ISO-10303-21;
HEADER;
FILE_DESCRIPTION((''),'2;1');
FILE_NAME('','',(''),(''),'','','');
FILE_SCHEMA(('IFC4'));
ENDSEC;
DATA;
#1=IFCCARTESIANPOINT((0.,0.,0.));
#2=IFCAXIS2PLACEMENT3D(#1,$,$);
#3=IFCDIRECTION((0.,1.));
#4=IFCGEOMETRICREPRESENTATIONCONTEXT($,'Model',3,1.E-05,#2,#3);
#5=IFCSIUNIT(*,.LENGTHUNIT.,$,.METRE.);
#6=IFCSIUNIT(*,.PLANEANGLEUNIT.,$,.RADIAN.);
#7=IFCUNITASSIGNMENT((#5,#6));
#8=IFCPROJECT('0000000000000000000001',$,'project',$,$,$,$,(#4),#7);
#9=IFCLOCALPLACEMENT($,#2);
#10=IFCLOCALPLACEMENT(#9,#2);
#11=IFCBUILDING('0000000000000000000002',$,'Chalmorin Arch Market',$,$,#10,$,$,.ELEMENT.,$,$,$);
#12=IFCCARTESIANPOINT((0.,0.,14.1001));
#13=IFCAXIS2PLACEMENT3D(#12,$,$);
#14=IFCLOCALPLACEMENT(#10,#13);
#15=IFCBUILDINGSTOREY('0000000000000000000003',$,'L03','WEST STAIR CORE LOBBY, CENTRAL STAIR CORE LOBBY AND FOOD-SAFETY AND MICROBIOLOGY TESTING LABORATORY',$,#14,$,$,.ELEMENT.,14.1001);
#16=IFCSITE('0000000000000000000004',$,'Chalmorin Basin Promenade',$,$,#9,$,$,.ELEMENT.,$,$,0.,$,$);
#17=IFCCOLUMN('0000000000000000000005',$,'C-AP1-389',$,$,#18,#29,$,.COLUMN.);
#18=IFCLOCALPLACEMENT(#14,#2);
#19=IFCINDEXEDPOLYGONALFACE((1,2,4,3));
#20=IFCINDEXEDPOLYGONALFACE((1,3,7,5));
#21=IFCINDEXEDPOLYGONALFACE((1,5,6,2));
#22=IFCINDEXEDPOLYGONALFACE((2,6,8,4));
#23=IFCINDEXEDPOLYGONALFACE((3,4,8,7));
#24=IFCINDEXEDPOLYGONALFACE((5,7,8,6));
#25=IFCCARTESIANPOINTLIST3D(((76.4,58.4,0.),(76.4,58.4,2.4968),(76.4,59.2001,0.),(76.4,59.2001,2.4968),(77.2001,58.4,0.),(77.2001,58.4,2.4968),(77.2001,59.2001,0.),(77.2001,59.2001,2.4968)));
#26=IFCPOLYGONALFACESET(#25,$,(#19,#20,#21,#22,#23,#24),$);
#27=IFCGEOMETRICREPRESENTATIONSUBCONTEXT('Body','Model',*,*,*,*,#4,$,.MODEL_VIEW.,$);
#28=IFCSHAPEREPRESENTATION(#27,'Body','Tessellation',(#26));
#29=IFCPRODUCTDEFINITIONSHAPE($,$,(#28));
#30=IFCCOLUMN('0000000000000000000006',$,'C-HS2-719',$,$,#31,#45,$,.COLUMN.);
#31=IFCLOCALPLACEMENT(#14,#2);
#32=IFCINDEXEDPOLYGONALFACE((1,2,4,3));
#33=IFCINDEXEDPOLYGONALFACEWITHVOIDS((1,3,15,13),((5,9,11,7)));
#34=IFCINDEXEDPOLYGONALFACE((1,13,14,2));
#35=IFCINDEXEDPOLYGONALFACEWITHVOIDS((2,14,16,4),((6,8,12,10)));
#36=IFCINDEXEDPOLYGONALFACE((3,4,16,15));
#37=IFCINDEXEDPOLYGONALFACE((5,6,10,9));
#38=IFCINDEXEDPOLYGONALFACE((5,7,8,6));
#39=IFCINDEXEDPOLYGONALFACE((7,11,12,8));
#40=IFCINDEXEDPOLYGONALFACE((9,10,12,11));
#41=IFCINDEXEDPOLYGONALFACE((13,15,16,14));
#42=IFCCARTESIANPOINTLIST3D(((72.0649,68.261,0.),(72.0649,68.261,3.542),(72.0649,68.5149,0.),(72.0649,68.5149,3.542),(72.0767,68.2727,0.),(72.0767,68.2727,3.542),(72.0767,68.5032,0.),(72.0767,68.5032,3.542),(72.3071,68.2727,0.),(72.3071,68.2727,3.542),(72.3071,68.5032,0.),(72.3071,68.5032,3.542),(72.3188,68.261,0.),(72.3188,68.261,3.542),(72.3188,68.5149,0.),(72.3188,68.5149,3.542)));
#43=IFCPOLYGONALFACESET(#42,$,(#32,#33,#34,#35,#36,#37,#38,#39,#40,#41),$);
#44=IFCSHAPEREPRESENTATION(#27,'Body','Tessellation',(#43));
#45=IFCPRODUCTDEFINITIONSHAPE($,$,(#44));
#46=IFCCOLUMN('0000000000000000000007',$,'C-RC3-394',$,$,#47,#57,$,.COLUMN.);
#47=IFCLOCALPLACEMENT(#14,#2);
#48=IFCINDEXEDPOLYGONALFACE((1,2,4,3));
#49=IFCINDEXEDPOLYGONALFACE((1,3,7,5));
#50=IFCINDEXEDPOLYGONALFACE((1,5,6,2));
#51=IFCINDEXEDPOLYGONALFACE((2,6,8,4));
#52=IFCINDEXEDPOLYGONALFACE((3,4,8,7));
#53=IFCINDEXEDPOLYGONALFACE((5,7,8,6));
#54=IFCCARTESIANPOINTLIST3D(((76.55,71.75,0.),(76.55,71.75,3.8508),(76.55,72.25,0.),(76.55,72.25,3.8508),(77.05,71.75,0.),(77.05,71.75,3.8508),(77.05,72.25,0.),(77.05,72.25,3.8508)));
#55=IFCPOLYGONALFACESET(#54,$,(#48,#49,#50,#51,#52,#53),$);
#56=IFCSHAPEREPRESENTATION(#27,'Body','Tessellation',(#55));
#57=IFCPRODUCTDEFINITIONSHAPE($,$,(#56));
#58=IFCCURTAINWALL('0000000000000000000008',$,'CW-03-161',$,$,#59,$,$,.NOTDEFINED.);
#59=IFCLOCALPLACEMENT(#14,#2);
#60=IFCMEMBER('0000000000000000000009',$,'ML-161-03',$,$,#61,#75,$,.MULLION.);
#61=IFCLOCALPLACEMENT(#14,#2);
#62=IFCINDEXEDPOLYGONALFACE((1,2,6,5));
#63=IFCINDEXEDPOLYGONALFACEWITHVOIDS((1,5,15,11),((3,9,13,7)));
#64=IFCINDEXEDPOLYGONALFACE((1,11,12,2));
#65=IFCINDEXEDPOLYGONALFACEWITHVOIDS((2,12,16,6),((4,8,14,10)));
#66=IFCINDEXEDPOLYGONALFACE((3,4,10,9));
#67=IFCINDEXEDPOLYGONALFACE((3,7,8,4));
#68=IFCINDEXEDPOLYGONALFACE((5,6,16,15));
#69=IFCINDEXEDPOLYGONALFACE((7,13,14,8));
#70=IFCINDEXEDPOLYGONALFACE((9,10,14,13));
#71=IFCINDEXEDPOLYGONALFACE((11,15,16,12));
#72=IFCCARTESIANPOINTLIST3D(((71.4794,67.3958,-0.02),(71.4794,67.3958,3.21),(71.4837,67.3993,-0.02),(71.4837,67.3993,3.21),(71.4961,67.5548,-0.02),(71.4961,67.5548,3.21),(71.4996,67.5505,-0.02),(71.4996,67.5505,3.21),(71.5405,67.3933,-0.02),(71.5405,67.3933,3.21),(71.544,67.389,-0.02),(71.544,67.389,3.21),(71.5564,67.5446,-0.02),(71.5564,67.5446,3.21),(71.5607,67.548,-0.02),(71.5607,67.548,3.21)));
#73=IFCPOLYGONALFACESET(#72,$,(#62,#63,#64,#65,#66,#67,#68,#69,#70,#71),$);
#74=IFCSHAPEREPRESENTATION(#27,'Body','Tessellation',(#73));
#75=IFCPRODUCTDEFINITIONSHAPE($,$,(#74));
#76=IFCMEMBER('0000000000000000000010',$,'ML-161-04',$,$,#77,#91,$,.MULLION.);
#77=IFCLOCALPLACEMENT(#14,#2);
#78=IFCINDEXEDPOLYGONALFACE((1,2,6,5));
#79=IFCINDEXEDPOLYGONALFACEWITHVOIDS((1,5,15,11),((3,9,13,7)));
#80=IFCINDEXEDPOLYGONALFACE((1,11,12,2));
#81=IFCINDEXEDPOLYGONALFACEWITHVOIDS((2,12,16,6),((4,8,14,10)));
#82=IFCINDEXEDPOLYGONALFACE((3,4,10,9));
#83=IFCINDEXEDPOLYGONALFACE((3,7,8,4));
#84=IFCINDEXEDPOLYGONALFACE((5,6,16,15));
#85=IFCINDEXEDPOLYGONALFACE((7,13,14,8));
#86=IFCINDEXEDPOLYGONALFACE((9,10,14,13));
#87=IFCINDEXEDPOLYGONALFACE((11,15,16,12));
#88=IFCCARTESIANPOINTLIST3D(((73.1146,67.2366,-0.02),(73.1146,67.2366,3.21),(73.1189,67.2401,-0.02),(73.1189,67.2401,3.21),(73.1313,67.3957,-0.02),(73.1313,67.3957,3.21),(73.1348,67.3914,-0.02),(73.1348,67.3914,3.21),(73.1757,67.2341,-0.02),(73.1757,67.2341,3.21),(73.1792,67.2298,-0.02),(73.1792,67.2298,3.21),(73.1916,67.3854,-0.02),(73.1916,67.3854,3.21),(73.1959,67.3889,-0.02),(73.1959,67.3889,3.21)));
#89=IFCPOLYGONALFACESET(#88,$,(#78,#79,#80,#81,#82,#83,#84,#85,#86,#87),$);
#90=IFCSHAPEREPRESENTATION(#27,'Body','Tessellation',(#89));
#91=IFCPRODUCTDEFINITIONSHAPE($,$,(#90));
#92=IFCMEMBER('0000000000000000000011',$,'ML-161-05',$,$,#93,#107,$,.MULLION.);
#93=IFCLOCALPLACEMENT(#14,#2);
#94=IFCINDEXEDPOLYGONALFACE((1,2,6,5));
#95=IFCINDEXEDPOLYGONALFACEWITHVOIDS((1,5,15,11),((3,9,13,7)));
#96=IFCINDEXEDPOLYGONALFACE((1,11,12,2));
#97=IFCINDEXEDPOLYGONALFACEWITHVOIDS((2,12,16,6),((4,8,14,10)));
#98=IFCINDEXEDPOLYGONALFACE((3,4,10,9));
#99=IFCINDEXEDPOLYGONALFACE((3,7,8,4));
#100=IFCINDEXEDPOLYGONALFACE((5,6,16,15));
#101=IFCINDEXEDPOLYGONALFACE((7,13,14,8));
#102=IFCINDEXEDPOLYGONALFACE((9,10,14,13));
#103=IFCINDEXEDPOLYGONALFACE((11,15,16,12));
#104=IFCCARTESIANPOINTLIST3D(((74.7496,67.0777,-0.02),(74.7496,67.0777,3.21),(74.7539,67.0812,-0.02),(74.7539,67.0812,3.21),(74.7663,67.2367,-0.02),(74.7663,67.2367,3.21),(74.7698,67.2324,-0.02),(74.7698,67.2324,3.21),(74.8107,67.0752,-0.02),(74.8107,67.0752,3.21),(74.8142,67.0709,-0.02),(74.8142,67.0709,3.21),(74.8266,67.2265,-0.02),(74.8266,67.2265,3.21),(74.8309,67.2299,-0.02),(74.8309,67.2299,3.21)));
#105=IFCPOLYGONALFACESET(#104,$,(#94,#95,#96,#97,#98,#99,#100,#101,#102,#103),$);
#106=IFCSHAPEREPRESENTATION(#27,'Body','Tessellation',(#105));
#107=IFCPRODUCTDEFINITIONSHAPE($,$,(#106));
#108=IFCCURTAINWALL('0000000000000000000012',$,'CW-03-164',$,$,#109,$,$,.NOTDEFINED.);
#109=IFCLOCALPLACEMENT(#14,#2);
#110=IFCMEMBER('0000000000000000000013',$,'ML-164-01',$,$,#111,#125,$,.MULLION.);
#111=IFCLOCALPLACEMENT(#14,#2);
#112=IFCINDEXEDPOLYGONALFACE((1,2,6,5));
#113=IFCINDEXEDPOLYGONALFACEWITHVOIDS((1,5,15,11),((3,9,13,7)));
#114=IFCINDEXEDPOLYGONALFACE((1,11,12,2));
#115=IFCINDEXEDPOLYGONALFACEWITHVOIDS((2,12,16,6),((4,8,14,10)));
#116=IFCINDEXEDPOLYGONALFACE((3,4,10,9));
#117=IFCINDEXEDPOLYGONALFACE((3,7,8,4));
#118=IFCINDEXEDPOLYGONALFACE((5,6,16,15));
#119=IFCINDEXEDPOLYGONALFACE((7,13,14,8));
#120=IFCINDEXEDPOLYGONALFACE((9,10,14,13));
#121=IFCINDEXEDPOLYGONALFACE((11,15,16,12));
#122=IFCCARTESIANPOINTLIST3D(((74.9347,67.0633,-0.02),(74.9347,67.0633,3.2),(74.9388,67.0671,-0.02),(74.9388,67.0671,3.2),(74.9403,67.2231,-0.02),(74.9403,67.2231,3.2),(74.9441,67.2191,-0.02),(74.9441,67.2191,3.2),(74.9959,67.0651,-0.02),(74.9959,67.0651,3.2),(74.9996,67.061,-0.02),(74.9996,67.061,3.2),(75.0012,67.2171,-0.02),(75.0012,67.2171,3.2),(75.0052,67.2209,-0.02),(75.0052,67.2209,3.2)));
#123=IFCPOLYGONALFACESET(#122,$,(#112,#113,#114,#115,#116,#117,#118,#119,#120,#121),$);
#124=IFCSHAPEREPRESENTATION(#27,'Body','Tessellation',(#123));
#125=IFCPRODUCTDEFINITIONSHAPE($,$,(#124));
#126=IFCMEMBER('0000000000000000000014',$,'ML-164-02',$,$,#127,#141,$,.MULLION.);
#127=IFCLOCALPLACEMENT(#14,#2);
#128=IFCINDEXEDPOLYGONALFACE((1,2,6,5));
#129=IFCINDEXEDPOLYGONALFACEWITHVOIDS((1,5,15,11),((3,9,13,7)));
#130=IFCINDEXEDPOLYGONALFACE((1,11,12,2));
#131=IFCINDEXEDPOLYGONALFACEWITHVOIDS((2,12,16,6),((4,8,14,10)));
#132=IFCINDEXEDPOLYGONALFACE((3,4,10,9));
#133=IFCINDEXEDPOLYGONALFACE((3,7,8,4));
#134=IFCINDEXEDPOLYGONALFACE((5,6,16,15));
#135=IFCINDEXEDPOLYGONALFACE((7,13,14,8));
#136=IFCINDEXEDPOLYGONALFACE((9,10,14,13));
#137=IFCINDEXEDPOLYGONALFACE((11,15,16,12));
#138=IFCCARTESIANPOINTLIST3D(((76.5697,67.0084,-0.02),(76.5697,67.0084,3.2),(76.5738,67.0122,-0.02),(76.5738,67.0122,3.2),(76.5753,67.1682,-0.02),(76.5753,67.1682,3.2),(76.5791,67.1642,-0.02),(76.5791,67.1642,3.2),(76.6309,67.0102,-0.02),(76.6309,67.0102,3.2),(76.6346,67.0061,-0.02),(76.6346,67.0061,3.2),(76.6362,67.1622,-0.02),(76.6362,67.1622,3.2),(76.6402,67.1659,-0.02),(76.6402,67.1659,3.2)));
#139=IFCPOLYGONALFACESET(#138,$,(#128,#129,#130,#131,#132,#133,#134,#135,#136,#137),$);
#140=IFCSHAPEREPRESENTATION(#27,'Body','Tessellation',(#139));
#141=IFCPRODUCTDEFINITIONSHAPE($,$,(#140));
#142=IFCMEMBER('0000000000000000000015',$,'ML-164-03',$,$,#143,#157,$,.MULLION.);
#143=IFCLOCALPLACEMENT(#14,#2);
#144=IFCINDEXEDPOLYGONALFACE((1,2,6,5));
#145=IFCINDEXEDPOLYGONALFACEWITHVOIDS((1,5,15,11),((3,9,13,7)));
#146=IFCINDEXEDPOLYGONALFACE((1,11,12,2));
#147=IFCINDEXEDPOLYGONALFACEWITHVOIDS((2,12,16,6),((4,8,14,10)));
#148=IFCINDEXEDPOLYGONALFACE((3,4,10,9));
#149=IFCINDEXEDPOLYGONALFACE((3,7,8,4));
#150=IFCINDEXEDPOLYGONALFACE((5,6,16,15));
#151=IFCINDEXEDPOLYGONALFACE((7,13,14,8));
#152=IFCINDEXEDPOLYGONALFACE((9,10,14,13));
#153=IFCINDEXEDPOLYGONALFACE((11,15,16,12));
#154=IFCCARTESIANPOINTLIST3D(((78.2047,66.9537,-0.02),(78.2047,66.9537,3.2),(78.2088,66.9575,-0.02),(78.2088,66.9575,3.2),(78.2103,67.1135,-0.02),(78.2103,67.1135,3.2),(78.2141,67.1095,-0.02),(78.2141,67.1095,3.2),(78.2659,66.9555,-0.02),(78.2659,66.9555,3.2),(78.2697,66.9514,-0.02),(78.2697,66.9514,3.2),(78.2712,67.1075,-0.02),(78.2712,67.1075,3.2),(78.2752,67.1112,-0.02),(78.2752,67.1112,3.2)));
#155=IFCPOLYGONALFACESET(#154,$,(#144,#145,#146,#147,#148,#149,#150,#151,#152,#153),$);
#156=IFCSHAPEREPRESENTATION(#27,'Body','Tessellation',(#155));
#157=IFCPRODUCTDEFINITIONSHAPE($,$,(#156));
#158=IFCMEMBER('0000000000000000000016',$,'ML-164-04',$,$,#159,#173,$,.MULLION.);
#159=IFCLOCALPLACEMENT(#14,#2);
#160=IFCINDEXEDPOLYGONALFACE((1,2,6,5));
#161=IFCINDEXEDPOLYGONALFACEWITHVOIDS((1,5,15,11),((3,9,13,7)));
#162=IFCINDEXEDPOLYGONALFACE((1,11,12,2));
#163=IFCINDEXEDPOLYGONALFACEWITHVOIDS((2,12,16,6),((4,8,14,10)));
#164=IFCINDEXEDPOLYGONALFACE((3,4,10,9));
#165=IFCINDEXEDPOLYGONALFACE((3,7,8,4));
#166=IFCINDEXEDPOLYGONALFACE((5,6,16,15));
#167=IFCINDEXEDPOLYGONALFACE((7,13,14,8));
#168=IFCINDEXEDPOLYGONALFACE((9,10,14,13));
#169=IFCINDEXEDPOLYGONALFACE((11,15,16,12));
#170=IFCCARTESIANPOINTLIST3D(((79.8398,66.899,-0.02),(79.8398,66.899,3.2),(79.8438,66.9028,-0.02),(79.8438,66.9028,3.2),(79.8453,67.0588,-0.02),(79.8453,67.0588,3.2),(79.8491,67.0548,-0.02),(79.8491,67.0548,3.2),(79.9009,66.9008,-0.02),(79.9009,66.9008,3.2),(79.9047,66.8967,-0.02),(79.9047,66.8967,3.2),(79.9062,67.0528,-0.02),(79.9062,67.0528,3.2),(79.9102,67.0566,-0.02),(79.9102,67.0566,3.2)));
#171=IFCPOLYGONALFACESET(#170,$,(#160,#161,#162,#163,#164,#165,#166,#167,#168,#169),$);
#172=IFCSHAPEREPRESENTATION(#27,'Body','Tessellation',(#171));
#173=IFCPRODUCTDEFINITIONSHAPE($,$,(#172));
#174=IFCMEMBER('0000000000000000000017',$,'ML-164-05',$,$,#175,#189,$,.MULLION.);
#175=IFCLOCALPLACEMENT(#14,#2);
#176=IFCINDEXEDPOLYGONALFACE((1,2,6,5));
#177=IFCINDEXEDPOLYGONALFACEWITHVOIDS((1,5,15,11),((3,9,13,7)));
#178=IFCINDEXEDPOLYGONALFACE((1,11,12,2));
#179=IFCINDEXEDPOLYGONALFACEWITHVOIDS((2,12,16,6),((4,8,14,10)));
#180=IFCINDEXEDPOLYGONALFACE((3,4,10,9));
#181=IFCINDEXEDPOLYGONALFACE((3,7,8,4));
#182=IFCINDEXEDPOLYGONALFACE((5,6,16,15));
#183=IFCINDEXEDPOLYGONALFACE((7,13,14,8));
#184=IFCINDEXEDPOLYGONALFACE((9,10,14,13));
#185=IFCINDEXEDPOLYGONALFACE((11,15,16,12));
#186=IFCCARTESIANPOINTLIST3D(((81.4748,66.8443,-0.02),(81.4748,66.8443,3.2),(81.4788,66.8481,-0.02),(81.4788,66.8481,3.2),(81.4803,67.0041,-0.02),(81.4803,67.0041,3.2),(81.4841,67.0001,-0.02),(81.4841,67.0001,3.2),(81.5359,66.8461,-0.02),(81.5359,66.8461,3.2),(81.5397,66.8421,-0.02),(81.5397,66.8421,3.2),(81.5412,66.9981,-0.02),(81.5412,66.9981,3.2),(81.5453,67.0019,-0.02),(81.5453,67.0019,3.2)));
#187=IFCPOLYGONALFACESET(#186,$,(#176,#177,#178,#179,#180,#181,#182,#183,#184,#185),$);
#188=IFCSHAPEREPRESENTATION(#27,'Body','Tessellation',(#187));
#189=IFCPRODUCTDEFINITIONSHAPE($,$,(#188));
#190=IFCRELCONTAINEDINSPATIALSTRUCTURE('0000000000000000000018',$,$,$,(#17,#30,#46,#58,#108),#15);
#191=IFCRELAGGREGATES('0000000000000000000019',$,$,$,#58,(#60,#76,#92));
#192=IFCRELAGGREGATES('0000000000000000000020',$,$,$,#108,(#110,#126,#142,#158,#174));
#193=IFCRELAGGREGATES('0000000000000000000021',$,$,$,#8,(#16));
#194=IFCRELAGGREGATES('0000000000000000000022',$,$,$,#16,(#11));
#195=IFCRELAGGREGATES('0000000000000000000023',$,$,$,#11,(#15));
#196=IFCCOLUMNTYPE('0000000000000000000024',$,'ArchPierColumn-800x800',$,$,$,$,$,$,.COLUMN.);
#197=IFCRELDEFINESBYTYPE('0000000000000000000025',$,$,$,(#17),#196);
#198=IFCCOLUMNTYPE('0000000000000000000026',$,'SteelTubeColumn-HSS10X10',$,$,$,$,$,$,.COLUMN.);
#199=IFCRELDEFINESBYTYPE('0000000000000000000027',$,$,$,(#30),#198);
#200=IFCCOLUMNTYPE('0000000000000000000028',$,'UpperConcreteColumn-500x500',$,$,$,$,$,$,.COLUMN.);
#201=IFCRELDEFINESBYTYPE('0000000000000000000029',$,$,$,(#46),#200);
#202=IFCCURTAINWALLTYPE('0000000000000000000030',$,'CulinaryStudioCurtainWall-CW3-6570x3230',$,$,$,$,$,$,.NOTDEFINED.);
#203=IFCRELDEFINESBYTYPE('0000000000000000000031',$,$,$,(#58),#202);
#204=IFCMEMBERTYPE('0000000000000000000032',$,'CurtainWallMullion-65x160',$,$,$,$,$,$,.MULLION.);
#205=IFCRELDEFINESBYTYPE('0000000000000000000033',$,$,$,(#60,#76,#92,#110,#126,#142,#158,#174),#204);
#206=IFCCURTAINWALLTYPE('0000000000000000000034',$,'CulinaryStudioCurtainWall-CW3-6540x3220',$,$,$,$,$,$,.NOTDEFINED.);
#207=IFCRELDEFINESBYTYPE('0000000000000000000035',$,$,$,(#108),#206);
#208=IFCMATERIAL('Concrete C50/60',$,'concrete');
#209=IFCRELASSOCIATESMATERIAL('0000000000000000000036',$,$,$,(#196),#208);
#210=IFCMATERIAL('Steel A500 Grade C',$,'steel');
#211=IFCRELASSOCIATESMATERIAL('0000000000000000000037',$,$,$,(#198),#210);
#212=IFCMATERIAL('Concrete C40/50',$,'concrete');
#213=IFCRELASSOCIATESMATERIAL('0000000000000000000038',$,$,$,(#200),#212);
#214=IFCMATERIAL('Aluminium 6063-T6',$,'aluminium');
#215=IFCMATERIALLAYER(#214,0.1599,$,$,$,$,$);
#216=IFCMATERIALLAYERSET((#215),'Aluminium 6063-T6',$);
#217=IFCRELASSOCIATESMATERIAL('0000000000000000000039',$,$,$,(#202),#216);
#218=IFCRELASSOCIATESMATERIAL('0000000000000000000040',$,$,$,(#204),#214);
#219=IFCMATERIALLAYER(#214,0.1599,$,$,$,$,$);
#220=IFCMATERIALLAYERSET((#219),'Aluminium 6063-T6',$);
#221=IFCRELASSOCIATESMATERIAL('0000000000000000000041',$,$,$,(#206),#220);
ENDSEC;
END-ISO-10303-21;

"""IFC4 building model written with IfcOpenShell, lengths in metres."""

from ifc_helpers import new_model, si_unit, direction, frame, origin, origin_2d, place, context, subcontext, project, spatial, rectangle, hollow_rectangle, extrude, material, layer, layer_set, material_profile, profile_set, type_object, element, aggregate, save


model = new_model("IFC4")

# Units and contexts
model_context = context("Model", 3, precision=1e-05, world=origin(), true_north=direction((0.0, 1.0)))
body_context = subcontext(model_context, "Body", "Model", "MODEL_VIEW")
ifc_project = project(units=[si_unit("LENGTHUNIT", "METRE"), si_unit("PLANEANGLEUNIT", "RADIAN")], contexts=[model_context])

# Site, building, storey
site_placement = place(None, origin())
site = spatial("IfcSite", under=ifc_project, at=site_placement, Name="Chalmorin Basin Promenade", CompositionType="ELEMENT", RefElevation=0.0)
building_placement = place(site_placement, origin())
building = spatial("IfcBuilding", under=site, at=building_placement, Name="Chalmorin Arch Market", CompositionType="ELEMENT")
storey_placement = place(building_placement, frame((0.0, 0.0, 14.1001)))
storey = spatial("IfcBuildingStorey", under=building, at=storey_placement, Name="L03", Description="WEST STAIR CORE LOBBY, CENTRAL STAIR CORE LOBBY AND FOOD-SAFETY AND MICROBIOLOGY TESTING LABORATORY", CompositionType="ELEMENT", Elevation=14.1001)

# Columns
ifc_material_1 = material(Name="Concrete C50/60", Category="concrete")
ifc_material_profile_1 = material_profile(ifc_material_1, rectangle(XDim=0.8, YDim=0.8, at=origin_2d()), Name="RC800X800")
ifc_profile_set_1 = profile_set([ifc_material_profile_1], Name="Concrete C50/60")
column_type_1 = type_object("IfcColumnType", Name="ArchPierColumn-800x800", PredefinedType="COLUMN", material=ifc_profile_set_1)
column_1_placement = place(storey_placement, frame((76.8, 58.8, 0.0), z_axis=(0.0, 0.0, 1.0), x_axis=(1.0, 0.0, 0.0)))
element("IfcColumn", 1, at=column_1_placement, inside=storey, type_object=column_type_1, Name="C-AP1-389", PredefinedType="COLUMN", context=body_context, shape_type="SweptSolid", body=[
    extrude(rectangle(XDim=0.8, YDim=0.8, at=origin_2d()), origin(), (0.0, 0.0, 1.0), 2.4968),
])
ifc_material_2 = material(Name="Steel A500 Grade C", Category="steel")
ifc_material_profile_2 = material_profile(ifc_material_2, hollow_rectangle(XDim=0.2539, YDim=0.2539, WallThickness=0.0117, at=origin_2d()), Name="HSS10X10X1/2")
ifc_profile_set_2 = profile_set([ifc_material_profile_2], Name="Steel A500 Grade C")
column_type_2 = type_object("IfcColumnType", Name="SteelTubeColumn-HSS10X10", PredefinedType="COLUMN", material=ifc_profile_set_2)
column_2_placement = place(storey_placement, frame((72.1919, 68.3879, 0.0), z_axis=(0.0, 0.0, 1.0), x_axis=(1.0, 0.0, 0.0)))
element("IfcColumn", 2, at=column_2_placement, inside=storey, type_object=column_type_2, Name="C-HS2-719", PredefinedType="COLUMN", context=body_context, shape_type="SweptSolid", body=[
    extrude(hollow_rectangle(XDim=0.2539, YDim=0.2539, WallThickness=0.0117, at=origin_2d()), origin(), (0.0, 0.0, 1.0), 3.542),
])
ifc_material_3 = material(Name="Concrete C40/50", Category="concrete")
ifc_material_profile_3 = material_profile(ifc_material_3, rectangle(XDim=0.5, YDim=0.5, at=origin_2d()), Name="RC500X500")
ifc_profile_set_3 = profile_set([ifc_material_profile_3], Name="Concrete C40/50")
column_type_3 = type_object("IfcColumnType", Name="UpperConcreteColumn-500x500", PredefinedType="COLUMN", material=ifc_profile_set_3)
column_3_placement = place(storey_placement, frame((76.8, 72.0, 0.0), z_axis=(0.0, 0.0, 1.0), x_axis=(1.0, 0.0, 0.0)))
element("IfcColumn", 3, at=column_3_placement, inside=storey, type_object=column_type_3, Name="C-RC3-394", PredefinedType="COLUMN", context=body_context, shape_type="SweptSolid", body=[
    extrude(rectangle(XDim=0.5, YDim=0.5, at=origin_2d()), origin(), (0.0, 0.0, 1.0), 3.8508),
])

# Curtain walls, members
ifc_material_4 = material(Name="Aluminium 6063-T6", Category="aluminium")
ifc_layer_1 = layer(ifc_material_4, 0.1599)
ifc_layer_set_1 = layer_set([ifc_layer_1], Name="Aluminium 6063-T6")
curtain_wall_type_1 = type_object("IfcCurtainWallType", Name="CulinaryStudioCurtainWall-CW3-6570x3230", PredefinedType="NOTDEFINED", material=ifc_layer_set_1)
curtain_wall_1_placement = place(storey_placement, origin())
curtain_wall_1 = element("IfcCurtainWall", 4, at=curtain_wall_1_placement, inside=storey, type_object=curtain_wall_type_1, Name="CW-03-161", PredefinedType="NOTDEFINED")
ifc_material_profile_4 = material_profile(ifc_material_4, hollow_rectangle(XDim=0.0649, YDim=0.1599, WallThickness=0.0039, at=origin_2d()), Name="ALU65X160X4")
ifc_profile_set_4 = profile_set([ifc_material_profile_4], Name="Aluminium 6063-T6")
member_type_1 = type_object("IfcMemberType", Name="CurtainWallMullion-65x160", PredefinedType="MULLION", material=ifc_profile_set_4)
member_1_placement = place(storey_placement, frame((71.52, 67.4719, -0.02), z_axis=(0.0, 0.0, 1.0), x_axis=(0.994522, -0.104528, 0.0)))
member_1 = element("IfcMember", 5, at=member_1_placement, type_object=member_type_1, Name="ML-161-03", PredefinedType="MULLION", context=body_context, shape_type="SweptSolid", body=[
    extrude(hollow_rectangle(XDim=0.0649, YDim=0.1599, WallThickness=0.0039, at=origin_2d()), origin(), (0.0, 0.0, 1.0), 3.23),
])
member_2_placement = place(storey_placement, frame((73.1553, 67.3127, -0.02), z_axis=(0.0, 0.0, 1.0), x_axis=(0.994522, -0.104528, 0.0)))
member_2 = element("IfcMember", 6, at=member_2_placement, type_object=member_type_1, Name="ML-161-04", PredefinedType="MULLION", context=body_context, shape_type="SweptSolid", body=[
    extrude(hollow_rectangle(XDim=0.0649, YDim=0.1599, WallThickness=0.0039, at=origin_2d()), origin(), (0.0, 0.0, 1.0), 3.23),
])
member_3_placement = place(storey_placement, frame((74.7903, 67.1538, -0.02), z_axis=(0.0, 0.0, 1.0), x_axis=(0.994522, -0.104528, 0.0)))
member_3 = element("IfcMember", 7, at=member_3_placement, type_object=member_type_1, Name="ML-161-05", PredefinedType="MULLION", context=body_context, shape_type="SweptSolid", body=[
    extrude(hollow_rectangle(XDim=0.0649, YDim=0.1599, WallThickness=0.0039, at=origin_2d()), origin(), (0.0, 0.0, 1.0), 3.23),
])
ifc_layer_2 = layer(ifc_material_4, 0.1599)
ifc_layer_set_2 = layer_set([ifc_layer_2], Name="Aluminium 6063-T6")
curtain_wall_type_2 = type_object("IfcCurtainWallType", Name="CulinaryStudioCurtainWall-CW3-6540x3220", PredefinedType="NOTDEFINED", material=ifc_layer_set_2)
curtain_wall_2_placement = place(storey_placement, origin())
curtain_wall_2 = element("IfcCurtainWall", 8, at=curtain_wall_2_placement, inside=storey, type_object=curtain_wall_type_2, Name="CW-03-164", PredefinedType="NOTDEFINED")
member_4_placement = place(storey_placement, frame((74.97, 67.1421, -0.02), z_axis=(0.0, 0.0, 1.0), x_axis=(0.999391, -0.034899, 0.0)))
member_4 = element("IfcMember", 9, at=member_4_placement, type_object=member_type_1, Name="ML-164-01", PredefinedType="MULLION", context=body_context, shape_type="SweptSolid", body=[
    extrude(hollow_rectangle(XDim=0.0649, YDim=0.1599, WallThickness=0.0039, at=origin_2d()), origin(), (0.0, 0.0, 1.0), 3.22),
])
member_5_placement = place(storey_placement, frame((76.605, 67.0872, -0.02), z_axis=(0.0, 0.0, 1.0), x_axis=(0.999391, -0.034899, 0.0)))
member_5 = element("IfcMember", 10, at=member_5_placement, type_object=member_type_1, Name="ML-164-02", PredefinedType="MULLION", context=body_context, shape_type="SweptSolid", body=[
    extrude(hollow_rectangle(XDim=0.0649, YDim=0.1599, WallThickness=0.0039, at=origin_2d()), origin(), (0.0, 0.0, 1.0), 3.22),
])
member_6_placement = place(storey_placement, frame((78.24, 67.0325, -0.02), z_axis=(0.0, 0.0, 1.0), x_axis=(0.999391, -0.034899, 0.0)))
member_6 = element("IfcMember", 11, at=member_6_placement, type_object=member_type_1, Name="ML-164-03", PredefinedType="MULLION", context=body_context, shape_type="SweptSolid", body=[
    extrude(hollow_rectangle(XDim=0.0649, YDim=0.1599, WallThickness=0.0039, at=origin_2d()), origin(), (0.0, 0.0, 1.0), 3.22),
])
member_7_placement = place(storey_placement, frame((79.875, 66.9778, -0.02), z_axis=(0.0, 0.0, 1.0), x_axis=(0.999391, -0.034899, 0.0)))
member_7 = element("IfcMember", 12, at=member_7_placement, type_object=member_type_1, Name="ML-164-04", PredefinedType="MULLION", context=body_context, shape_type="SweptSolid", body=[
    extrude(hollow_rectangle(XDim=0.0649, YDim=0.1599, WallThickness=0.0039, at=origin_2d()), origin(), (0.0, 0.0, 1.0), 3.22),
])
member_8_placement = place(storey_placement, frame((81.51, 66.9231, -0.02), z_axis=(0.0, 0.0, 1.0), x_axis=(0.999391, -0.034899, 0.0)))
member_8 = element("IfcMember", 13, at=member_8_placement, type_object=member_type_1, Name="ML-164-05", PredefinedType="MULLION", context=body_context, shape_type="SweptSolid", body=[
    extrude(hollow_rectangle(XDim=0.0649, YDim=0.1599, WallThickness=0.0039, at=origin_2d()), origin(), (0.0, 0.0, 1.0), 3.22),
])

aggregate(curtain_wall_1, [member_1, member_2, member_3])
aggregate(curtain_wall_2, [member_4, member_5, member_6, member_7, member_8])

save(model, "model.ifc")
